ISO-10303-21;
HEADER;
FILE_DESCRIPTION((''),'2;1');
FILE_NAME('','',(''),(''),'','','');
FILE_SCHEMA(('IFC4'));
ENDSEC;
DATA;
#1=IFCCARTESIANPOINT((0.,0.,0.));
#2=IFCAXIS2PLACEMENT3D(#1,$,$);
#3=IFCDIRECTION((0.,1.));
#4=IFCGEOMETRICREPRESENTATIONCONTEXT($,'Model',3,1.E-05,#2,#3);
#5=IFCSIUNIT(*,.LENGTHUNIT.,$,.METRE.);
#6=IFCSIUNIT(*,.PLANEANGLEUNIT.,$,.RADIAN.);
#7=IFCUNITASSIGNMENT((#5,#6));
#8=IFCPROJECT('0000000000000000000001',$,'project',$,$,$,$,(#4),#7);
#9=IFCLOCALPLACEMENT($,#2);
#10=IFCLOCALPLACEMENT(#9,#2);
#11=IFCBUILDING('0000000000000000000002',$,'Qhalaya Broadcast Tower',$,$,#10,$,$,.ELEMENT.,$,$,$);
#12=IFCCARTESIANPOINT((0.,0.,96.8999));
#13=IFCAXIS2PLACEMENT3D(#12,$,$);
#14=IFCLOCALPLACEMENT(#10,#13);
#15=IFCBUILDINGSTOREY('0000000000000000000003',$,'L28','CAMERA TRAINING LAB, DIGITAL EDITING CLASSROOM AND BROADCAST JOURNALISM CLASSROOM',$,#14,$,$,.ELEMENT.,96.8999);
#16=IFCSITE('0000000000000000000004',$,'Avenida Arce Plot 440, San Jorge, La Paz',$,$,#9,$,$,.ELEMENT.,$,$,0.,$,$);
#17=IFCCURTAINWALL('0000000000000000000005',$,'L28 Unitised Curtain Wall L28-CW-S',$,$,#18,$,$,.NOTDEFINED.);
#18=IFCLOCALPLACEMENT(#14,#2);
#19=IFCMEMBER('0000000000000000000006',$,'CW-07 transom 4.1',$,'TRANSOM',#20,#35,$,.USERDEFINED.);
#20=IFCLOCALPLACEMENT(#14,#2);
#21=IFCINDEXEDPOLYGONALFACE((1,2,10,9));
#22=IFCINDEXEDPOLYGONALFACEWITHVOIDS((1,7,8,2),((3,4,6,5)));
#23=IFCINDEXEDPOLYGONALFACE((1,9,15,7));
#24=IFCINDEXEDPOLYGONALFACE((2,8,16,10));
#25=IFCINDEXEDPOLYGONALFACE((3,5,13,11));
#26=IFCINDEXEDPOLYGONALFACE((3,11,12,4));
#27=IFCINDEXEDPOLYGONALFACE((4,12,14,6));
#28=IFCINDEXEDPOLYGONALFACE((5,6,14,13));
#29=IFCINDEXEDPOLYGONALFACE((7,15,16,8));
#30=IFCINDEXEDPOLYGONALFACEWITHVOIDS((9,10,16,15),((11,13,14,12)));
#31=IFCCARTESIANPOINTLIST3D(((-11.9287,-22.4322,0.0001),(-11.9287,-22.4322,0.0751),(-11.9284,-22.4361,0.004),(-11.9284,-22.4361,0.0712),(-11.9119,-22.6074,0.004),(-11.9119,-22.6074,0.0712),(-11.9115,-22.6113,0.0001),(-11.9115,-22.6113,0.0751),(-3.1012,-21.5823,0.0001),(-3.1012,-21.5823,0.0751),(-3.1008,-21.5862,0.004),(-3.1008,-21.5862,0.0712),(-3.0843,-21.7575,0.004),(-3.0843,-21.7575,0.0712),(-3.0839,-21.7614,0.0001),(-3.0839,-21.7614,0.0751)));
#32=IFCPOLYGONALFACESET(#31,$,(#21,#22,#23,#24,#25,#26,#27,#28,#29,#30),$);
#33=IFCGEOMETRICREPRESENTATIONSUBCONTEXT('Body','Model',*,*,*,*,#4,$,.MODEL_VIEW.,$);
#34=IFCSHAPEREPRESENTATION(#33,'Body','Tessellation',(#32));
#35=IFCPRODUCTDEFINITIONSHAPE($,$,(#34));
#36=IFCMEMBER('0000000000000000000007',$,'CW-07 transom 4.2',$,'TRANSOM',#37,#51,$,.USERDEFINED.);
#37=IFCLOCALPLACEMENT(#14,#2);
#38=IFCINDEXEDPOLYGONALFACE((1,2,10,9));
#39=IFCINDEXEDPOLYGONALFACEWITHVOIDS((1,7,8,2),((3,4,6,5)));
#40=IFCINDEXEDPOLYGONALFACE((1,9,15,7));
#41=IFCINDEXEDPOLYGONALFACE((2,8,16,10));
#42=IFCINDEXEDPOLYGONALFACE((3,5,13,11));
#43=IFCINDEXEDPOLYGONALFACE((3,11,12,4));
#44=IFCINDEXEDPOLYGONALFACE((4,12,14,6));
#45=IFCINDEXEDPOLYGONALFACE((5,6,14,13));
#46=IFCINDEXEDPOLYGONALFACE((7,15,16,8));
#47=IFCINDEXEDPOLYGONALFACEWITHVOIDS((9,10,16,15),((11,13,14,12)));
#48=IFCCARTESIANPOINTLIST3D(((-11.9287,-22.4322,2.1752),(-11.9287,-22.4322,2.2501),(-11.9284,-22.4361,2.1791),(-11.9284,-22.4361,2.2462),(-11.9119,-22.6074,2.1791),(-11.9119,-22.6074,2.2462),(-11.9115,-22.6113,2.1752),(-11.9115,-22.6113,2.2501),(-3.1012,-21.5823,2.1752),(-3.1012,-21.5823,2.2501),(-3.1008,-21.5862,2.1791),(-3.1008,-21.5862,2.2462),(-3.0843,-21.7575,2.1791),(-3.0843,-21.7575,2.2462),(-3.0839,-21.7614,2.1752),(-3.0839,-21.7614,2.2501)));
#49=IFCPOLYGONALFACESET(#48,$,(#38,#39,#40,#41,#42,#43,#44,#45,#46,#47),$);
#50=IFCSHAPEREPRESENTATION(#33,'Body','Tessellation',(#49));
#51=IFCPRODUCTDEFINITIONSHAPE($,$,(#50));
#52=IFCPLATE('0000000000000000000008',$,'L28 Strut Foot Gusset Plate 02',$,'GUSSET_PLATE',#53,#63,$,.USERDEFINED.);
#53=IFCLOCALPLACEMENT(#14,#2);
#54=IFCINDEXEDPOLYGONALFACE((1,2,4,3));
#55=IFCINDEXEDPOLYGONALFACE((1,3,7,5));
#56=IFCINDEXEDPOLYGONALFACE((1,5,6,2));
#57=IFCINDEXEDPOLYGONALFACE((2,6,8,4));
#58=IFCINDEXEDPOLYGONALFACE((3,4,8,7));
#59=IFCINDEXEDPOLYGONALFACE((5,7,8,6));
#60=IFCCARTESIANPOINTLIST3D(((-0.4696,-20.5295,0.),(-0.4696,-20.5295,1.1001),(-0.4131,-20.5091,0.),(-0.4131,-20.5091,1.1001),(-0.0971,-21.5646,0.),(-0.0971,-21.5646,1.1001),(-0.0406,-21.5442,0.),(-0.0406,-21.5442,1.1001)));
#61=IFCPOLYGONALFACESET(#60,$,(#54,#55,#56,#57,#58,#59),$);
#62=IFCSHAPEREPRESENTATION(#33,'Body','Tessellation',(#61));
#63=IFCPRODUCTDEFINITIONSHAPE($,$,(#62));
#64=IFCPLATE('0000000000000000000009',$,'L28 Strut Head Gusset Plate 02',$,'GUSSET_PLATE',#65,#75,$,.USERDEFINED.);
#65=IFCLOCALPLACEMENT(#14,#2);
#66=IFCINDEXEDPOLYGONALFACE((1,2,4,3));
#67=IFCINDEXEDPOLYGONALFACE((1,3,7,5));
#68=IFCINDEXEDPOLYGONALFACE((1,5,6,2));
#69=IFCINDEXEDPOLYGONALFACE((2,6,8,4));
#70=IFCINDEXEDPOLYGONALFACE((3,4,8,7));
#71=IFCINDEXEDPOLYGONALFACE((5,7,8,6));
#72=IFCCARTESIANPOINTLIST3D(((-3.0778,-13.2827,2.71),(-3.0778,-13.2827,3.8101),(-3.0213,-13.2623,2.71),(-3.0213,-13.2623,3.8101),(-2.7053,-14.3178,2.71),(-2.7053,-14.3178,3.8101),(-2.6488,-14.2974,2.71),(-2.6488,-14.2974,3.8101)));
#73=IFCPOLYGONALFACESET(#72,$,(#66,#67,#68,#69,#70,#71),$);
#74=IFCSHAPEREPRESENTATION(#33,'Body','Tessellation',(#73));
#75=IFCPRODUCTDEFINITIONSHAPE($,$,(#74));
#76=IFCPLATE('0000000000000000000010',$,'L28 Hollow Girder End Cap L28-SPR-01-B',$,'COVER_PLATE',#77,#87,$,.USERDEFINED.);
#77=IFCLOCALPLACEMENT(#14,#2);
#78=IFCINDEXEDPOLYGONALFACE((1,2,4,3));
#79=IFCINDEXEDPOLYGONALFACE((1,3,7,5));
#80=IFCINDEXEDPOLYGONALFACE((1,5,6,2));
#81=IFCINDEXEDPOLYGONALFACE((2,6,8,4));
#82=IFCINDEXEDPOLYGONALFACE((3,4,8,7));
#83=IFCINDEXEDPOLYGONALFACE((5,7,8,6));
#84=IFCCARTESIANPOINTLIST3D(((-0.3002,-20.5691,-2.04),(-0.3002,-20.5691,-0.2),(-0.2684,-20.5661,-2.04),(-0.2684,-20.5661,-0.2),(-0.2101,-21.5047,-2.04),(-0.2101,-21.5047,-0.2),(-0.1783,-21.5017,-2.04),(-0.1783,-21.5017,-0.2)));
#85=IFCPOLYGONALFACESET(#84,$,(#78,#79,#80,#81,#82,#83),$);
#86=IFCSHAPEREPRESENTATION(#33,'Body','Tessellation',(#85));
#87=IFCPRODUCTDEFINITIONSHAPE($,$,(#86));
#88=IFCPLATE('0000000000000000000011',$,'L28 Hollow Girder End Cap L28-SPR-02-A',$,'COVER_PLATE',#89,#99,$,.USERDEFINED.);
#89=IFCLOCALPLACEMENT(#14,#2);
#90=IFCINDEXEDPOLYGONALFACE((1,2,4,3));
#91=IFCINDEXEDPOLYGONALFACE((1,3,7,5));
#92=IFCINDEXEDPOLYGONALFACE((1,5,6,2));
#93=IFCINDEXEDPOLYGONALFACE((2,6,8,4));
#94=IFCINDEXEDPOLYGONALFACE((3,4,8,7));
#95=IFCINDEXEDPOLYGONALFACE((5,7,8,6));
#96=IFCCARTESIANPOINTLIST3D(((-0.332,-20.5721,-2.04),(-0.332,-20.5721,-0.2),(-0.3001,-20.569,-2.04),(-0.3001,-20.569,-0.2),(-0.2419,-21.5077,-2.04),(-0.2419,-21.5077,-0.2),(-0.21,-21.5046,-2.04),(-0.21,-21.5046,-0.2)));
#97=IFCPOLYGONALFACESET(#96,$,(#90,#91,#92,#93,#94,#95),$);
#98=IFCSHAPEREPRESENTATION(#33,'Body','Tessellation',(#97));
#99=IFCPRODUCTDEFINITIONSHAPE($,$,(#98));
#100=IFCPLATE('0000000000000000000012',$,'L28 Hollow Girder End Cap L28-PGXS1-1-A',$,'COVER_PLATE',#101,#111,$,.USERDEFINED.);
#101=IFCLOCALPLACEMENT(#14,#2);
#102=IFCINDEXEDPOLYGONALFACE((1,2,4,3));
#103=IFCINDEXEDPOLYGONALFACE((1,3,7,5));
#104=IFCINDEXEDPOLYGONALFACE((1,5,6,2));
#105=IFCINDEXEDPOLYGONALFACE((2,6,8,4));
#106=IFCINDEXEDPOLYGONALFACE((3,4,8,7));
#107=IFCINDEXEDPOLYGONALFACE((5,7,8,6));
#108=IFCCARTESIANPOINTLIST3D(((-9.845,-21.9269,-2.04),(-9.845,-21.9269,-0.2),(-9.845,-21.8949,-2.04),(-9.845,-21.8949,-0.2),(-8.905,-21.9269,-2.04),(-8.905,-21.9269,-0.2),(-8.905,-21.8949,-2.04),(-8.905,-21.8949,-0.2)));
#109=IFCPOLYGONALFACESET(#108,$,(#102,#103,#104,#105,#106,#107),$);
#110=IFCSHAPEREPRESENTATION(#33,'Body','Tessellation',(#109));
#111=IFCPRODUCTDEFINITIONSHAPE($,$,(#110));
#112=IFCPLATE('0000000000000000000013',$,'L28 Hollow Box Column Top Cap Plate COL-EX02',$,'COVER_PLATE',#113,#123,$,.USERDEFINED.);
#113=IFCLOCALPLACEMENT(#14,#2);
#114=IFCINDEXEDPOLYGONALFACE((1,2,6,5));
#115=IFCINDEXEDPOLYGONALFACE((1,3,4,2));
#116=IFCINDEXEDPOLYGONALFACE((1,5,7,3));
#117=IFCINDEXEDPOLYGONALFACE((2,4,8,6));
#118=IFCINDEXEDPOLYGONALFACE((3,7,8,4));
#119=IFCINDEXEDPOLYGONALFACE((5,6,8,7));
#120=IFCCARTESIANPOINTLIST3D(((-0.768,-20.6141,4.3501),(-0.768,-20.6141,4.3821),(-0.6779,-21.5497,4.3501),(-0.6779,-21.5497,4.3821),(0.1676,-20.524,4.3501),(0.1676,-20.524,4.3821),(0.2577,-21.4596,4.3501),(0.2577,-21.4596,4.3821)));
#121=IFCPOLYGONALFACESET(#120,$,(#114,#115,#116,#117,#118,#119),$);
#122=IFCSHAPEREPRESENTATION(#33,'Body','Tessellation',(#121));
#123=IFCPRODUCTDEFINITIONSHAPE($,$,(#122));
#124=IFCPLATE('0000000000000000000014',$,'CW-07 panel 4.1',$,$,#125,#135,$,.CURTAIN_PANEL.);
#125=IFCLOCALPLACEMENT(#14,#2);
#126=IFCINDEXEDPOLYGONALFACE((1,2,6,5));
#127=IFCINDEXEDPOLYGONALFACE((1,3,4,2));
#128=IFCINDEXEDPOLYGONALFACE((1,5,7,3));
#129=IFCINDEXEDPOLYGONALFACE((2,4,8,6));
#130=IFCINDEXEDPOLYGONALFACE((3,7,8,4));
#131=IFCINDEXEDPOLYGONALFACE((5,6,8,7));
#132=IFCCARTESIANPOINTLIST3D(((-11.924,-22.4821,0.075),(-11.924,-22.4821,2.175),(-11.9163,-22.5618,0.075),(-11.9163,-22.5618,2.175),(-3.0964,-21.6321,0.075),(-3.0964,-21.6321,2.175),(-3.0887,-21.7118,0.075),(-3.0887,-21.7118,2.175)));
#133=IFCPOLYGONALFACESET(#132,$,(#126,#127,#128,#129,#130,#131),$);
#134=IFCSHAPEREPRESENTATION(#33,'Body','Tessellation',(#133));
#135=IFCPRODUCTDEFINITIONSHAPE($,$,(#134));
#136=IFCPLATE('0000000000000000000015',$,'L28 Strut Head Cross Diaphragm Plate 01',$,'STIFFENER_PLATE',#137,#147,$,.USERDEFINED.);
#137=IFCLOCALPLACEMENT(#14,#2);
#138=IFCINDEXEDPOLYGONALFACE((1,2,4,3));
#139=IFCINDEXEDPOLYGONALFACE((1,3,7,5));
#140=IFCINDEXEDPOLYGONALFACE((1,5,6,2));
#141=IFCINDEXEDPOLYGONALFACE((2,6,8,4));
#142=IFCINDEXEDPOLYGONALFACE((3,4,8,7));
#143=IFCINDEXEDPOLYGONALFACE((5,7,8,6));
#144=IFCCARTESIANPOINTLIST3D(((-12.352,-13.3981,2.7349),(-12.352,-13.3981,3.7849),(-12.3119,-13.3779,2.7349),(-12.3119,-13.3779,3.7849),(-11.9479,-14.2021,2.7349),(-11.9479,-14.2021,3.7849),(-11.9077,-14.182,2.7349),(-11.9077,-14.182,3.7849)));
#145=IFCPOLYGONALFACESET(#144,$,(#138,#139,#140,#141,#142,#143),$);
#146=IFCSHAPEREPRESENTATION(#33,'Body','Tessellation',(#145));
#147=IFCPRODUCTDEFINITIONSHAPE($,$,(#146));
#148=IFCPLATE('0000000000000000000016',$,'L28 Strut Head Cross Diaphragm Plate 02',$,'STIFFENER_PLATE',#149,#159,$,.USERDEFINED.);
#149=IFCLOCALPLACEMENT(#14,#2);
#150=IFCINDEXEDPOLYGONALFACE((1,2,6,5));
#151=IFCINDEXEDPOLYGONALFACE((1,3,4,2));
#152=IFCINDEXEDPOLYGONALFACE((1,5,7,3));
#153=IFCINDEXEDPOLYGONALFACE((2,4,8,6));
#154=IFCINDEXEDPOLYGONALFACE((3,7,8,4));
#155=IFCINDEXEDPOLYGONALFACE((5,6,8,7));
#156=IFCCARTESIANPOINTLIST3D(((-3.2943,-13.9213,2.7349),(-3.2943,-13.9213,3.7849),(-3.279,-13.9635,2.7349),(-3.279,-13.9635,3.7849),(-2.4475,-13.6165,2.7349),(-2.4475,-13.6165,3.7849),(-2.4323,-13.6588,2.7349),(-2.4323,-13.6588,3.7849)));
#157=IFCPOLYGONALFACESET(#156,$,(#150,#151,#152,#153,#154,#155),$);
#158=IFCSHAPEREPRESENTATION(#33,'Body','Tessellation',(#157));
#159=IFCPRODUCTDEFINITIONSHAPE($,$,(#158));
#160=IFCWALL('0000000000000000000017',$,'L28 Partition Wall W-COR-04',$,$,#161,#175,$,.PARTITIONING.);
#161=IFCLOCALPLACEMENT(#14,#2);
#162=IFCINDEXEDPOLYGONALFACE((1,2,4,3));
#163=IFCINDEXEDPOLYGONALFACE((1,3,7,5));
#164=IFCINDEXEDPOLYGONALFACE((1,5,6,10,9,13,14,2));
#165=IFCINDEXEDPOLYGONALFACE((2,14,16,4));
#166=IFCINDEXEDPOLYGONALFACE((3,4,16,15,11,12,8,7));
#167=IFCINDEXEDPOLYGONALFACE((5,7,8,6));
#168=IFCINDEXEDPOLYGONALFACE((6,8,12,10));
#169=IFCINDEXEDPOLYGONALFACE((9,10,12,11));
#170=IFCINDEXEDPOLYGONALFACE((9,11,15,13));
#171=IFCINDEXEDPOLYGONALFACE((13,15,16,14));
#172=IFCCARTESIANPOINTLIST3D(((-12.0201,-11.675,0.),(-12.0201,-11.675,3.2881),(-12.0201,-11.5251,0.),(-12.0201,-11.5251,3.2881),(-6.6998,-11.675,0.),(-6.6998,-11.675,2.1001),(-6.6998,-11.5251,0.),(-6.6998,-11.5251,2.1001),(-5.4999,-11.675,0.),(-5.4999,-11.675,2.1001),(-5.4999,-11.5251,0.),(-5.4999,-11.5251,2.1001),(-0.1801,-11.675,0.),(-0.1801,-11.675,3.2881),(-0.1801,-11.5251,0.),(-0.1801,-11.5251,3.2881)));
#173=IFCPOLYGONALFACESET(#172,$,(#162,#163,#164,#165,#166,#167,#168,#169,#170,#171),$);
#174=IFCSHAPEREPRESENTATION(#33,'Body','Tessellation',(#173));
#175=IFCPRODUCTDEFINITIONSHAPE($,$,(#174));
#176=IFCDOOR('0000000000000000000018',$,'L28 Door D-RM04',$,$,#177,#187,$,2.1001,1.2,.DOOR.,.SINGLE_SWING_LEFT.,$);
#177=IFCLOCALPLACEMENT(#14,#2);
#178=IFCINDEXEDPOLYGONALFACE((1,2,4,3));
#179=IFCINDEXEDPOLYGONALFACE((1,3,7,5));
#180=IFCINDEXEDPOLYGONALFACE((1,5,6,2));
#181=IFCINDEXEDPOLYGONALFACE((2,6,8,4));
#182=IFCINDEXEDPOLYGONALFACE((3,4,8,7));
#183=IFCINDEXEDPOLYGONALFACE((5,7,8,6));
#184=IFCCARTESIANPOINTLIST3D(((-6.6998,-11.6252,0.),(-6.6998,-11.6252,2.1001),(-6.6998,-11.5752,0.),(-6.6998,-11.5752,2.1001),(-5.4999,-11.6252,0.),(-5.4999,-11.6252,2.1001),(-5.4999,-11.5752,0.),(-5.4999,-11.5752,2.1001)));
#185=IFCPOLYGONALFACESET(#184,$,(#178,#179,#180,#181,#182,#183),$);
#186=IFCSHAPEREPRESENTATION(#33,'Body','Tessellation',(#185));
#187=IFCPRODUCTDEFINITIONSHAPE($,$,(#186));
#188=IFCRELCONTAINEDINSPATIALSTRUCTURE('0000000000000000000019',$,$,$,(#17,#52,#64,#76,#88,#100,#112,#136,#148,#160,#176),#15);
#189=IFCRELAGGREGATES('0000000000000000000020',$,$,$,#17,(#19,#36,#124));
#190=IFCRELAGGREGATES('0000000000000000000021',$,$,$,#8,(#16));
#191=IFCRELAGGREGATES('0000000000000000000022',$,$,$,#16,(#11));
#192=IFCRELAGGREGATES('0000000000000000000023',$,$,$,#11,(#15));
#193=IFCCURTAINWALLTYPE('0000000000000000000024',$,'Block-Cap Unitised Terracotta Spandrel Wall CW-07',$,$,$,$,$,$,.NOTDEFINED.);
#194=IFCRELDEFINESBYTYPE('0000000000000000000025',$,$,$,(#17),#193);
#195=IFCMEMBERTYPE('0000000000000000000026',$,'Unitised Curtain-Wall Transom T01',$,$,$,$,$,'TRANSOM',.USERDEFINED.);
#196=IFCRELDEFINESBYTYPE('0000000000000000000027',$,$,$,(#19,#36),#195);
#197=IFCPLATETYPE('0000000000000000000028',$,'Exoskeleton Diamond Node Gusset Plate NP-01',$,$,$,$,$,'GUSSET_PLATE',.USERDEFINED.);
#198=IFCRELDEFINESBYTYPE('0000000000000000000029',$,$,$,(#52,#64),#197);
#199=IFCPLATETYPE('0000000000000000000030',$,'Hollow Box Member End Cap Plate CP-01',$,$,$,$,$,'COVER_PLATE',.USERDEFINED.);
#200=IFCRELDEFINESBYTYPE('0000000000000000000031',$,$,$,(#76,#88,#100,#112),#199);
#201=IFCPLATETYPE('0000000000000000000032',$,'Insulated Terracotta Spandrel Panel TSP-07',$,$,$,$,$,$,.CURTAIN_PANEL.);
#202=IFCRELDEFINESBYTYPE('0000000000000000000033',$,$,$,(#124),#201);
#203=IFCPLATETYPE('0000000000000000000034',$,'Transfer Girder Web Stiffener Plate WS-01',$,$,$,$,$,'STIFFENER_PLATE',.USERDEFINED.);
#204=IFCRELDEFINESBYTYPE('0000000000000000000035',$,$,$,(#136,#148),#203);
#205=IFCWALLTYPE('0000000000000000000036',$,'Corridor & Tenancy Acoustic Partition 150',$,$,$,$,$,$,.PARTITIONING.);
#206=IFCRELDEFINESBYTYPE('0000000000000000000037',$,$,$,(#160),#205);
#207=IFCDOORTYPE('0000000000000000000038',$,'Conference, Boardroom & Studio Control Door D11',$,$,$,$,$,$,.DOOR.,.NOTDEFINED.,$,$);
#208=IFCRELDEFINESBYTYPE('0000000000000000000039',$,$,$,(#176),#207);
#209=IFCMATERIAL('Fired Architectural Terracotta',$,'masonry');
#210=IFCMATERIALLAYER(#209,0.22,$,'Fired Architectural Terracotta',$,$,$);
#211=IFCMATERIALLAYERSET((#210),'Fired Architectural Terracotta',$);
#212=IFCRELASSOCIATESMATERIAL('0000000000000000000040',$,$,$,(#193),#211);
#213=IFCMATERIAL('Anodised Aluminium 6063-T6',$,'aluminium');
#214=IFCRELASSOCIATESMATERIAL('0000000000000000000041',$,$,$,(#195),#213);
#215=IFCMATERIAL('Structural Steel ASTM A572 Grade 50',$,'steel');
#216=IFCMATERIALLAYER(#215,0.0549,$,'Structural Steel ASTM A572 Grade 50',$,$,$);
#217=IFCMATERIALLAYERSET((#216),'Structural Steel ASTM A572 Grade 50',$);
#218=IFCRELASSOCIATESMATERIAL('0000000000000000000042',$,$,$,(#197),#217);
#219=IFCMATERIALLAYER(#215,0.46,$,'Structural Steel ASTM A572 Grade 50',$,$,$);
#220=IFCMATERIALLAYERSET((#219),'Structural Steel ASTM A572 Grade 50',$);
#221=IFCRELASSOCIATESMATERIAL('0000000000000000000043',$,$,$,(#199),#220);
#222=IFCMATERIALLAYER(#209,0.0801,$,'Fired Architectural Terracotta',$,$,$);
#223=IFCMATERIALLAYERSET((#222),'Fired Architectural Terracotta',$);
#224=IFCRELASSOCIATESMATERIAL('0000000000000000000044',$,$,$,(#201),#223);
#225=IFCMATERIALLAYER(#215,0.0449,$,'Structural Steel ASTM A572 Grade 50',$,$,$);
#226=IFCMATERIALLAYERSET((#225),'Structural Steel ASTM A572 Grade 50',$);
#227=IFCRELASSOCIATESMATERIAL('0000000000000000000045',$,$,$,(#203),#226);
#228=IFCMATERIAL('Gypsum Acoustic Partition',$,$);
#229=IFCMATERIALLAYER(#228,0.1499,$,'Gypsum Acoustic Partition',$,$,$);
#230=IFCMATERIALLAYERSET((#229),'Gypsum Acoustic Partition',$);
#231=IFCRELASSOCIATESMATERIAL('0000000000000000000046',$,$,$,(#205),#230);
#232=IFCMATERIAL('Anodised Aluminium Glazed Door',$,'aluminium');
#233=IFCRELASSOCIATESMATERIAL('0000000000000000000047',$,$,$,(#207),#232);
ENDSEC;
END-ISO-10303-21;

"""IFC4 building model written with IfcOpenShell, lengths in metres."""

from ifc_helpers import new_model, si_unit, direction, frame, frame_2d, origin, origin_2d, place, context, subcontext, project, spatial, rectangle, hollow_rectangle, extrude, material, layer, layer_set, material_profile, profile_set, type_object, element, fill, aggregate, save


model = new_model("IFC4")

# Units and contexts
model_context = context("Model", 3, precision=1e-05, world=origin(), true_north=direction((0.0, 1.0)))
body_context = subcontext(model_context, "Body", "Model", "MODEL_VIEW")
ifc_project = project(units=[si_unit("LENGTHUNIT", "METRE"), si_unit("PLANEANGLEUNIT", "RADIAN")], contexts=[model_context])

# Site, building, storey
site_placement = place(None, origin())
site = spatial("IfcSite", under=ifc_project, at=site_placement, Name="Avenida Arce Plot 440, San Jorge, La Paz", CompositionType="ELEMENT", RefElevation=0.0)
building_placement = place(site_placement, origin())
building = spatial("IfcBuilding", under=site, at=building_placement, Name="Qhalaya Broadcast Tower", CompositionType="ELEMENT")
storey_placement = place(building_placement, frame((0.0, 0.0, 96.8999)))
storey = spatial("IfcBuildingStorey", under=building, at=storey_placement, Name="L28", Description="CAMERA TRAINING LAB, DIGITAL EDITING CLASSROOM AND BROADCAST JOURNALISM CLASSROOM", CompositionType="ELEMENT", Elevation=96.8999)

# Shared definitions
ifc_material_1 = material(Name="Structural Steel ASTM A572 Grade 50", Category="steel")

# Curtain wall, members
ifc_material_2 = material(Name="Fired Architectural Terracotta", Category="masonry")
ifc_layer_1 = layer(ifc_material_2, 0.22, Name="Fired Architectural Terracotta")
ifc_layer_set_1 = layer_set([ifc_layer_1], Name="Fired Architectural Terracotta")
curtain_wall_type = type_object("IfcCurtainWallType", Name="Block-Cap Unitised Terracotta Spandrel Wall CW-07", PredefinedType="NOTDEFINED", material=ifc_layer_set_1)
curtain_wall_placement = place(storey_placement, origin())
curtain_wall = element("IfcCurtainWall", 1, at=curtain_wall_placement, inside=storey, type_object=curtain_wall_type, Name="L28 Unitised Curtain Wall L28-CW-S", PredefinedType="NOTDEFINED")
ifc_material_3 = material(Name="Anodised Aluminium 6063-T6", Category="aluminium")
ifc_material_profile_1 = material_profile(ifc_material_3, hollow_rectangle(XDim=0.075, YDim=0.1799, WallThickness=0.0039, at=origin_2d()), Name="ALU-TRN 75x180x4")
ifc_profile_set_1 = profile_set([ifc_material_profile_1], Name="Anodised Aluminium 6063-T6")
member_type_1 = type_object("IfcMemberType", Name="Unitised Curtain-Wall Transom T01", ElementType="TRANSOM", PredefinedType="USERDEFINED", material=ifc_profile_set_1)
member_1_placement = place(storey_placement, frame((-3.0925, -21.6719, 0.0376), z_axis=(-0.995398, -0.095829, 0.0), x_axis=(0.0, 0.0, 1.0)))
member_1 = element("IfcMember", 2, at=member_1_placement, type_object=member_type_1, Name="CW-07 transom 4.1", ObjectType="TRANSOM", PredefinedType="USERDEFINED", context=body_context, shape_type="SweptSolid", body=[
    extrude(hollow_rectangle(XDim=0.075, YDim=0.1799, WallThickness=0.0039, at=origin_2d()), origin(), (0.0, 0.0, 1.0), 8.8684),
])
member_2_placement = place(storey_placement, frame((-3.0925, -21.6719, 2.2126), z_axis=(-0.995398, -0.095829, 0.0), x_axis=(0.0, 0.0, 1.0)))
member_2 = element("IfcMember", 3, at=member_2_placement, type_object=member_type_1, Name="CW-07 transom 4.2", ObjectType="TRANSOM", PredefinedType="USERDEFINED", context=body_context, shape_type="SweptSolid", body=[
    extrude(hollow_rectangle(XDim=0.075, YDim=0.1799, WallThickness=0.0039, at=origin_2d()), origin(), (0.0, 0.0, 1.0), 8.8684),
])

# Plates
ifc_layer_2 = layer(ifc_material_1, 0.0549, Name="Structural Steel ASTM A572 Grade 50")
ifc_layer_set_2 = layer_set([ifc_layer_2], Name="Structural Steel ASTM A572 Grade 50")
plate_type_1 = type_object("IfcPlateType", Name="Exoskeleton Diamond Node Gusset Plate NP-01", ElementType="GUSSET_PLATE", PredefinedType="USERDEFINED", material=ifc_layer_set_2)
for number, where, z_axis, x_axis, name in (
    (4, (-0.2551, -21.0369, 0.0), (0.0, 0.0, 1.0), (-0.338623, 0.940922, 0.0), "L28 Strut Foot Gusset Plate 02"),
    (5, (-2.8633, -13.79, 2.71), (0.0, 0.0, 1.0), (-0.338623, 0.940922, 0.0), "L28 Strut Head Gusset Plate 02"),
):
    element("IfcPlate", number, at=place(storey_placement, frame(where, z_axis=z_axis, x_axis=x_axis)), inside=storey, type_object=plate_type_1, Name=name, ObjectType="GUSSET_PLATE", PredefinedType="USERDEFINED", context=body_context, shape_type="SweptSolid", body=[
        extrude(rectangle(XDim=1.1001, YDim=0.0601, at=origin_2d()), origin(), (0.0, 0.0, 1.0), 1.1001),
    ])
ifc_layer_3 = layer(ifc_material_1, 0.46, Name="Structural Steel ASTM A572 Grade 50")
ifc_layer_set_3 = layer_set([ifc_layer_3], Name="Structural Steel ASTM A572 Grade 50")
plate_type_2 = type_object("IfcPlateType", Name="Hollow Box Member End Cap Plate CP-01", ElementType="COVER_PLATE", PredefinedType="USERDEFINED", material=ifc_layer_set_3)
for number, where, z_axis, x_axis, name in (
    (6, (-0.2393, -21.0354, -2.04), (0.0, 0.0, 1.0), (-0.095846, 0.995396, 0.0), "L28 Hollow Girder End Cap L28-SPR-01-B"),
    (7, (-0.271, -21.0383, -2.04), (0.0, 0.0, 1.0), (-0.095846, 0.995396, 0.0), "L28 Hollow Girder End Cap L28-SPR-02-A"),
    (8, (-9.375, -21.9109, -2.04), (0.0, 0.0, 1.0), (-1.0, 0.0, 0.0), "L28 Hollow Girder End Cap L28-PGXS1-1-A"),
):
    element("IfcPlate", number, at=place(storey_placement, frame(where, z_axis=z_axis, x_axis=x_axis)), inside=storey, type_object=plate_type_2, Name=name, ObjectType="COVER_PLATE", PredefinedType="USERDEFINED", context=body_context, shape_type="SweptSolid", body=[
        extrude(rectangle(XDim=0.9399, YDim=0.032, at=origin_2d()), origin(), (0.0, 0.0, 1.0), 1.8401),
    ])
plate_1_placement = place(storey_placement, frame((-0.2551, -21.0369, 4.3501), z_axis=(0.0, 0.0, 1.0), x_axis=(0.995396, 0.095846, 0.0)))
element("IfcPlate", 9, at=plate_1_placement, inside=storey, type_object=plate_type_2, Name="L28 Hollow Box Column Top Cap Plate COL-EX02", ObjectType="COVER_PLATE", PredefinedType="USERDEFINED", context=body_context, shape_type="SweptSolid", body=[
    extrude(rectangle(XDim=0.9399, YDim=0.9399, at=origin_2d()), origin(), (0.0, 0.0, 1.0), 0.032),
])

# Plate
ifc_layer_4 = layer(ifc_material_2, 0.0801, Name="Fired Architectural Terracotta")
ifc_layer_set_4 = layer_set([ifc_layer_4], Name="Fired Architectural Terracotta")
plate_type_3 = type_object("IfcPlateType", Name="Insulated Terracotta Spandrel Panel TSP-07", PredefinedType="CURTAIN_PANEL", material=ifc_layer_set_4)
plate_2_placement = place(storey_placement, frame((-7.5063, -22.0969, 0.075), z_axis=(0.0, 0.0, 1.0), x_axis=(-0.995396, -0.095847, 0.0)))
plate_2 = element("IfcPlate", 10, at=plate_2_placement, type_object=plate_type_3, Name="CW-07 panel 4.1", PredefinedType="CURTAIN_PANEL", context=body_context, shape_type="SweptSolid", body=[
    extrude(rectangle(XDim=8.8684, YDim=0.0801, at=origin_2d()), origin(), (0.0, 0.0, 1.0), 2.1001),
])
aggregate(curtain_wall, [member_1, member_2, plate_2])

# Plates
ifc_layer_5 = layer(ifc_material_1, 0.0449, Name="Structural Steel ASTM A572 Grade 50")
ifc_layer_set_5 = layer_set([ifc_layer_5], Name="Structural Steel ASTM A572 Grade 50")
plate_type_4 = type_object("IfcPlateType", Name="Transfer Girder Web Stiffener Plate WS-01", ElementType="STIFFENER_PLATE", PredefinedType="USERDEFINED", material=ifc_layer_set_5)
for number, where, z_axis, x_axis, name in (
    (11, (-12.1299, -13.79, 2.7349), (0.0, 0.0, 1.0), (-0.449116, 0.893473, 0.0), "L28 Strut Head Cross Diaphragm Plate 01"),
    (12, (-2.8633, -13.79, 2.7349), (0.0, 0.0, 1.0), (-0.940922, -0.338623, 0.0), "L28 Strut Head Cross Diaphragm Plate 02"),
):
    element("IfcPlate", number, at=place(storey_placement, frame(where, z_axis=z_axis, x_axis=x_axis)), inside=storey, type_object=plate_type_4, Name=name, ObjectType="STIFFENER_PLATE", PredefinedType="USERDEFINED", context=body_context, shape_type="SweptSolid", body=[
        extrude(rectangle(XDim=0.8999, YDim=0.0449, at=origin_2d()), origin(), (0.0, 0.0, 1.0), 1.05),
    ])

# Wall, opening, door
ifc_material_4 = material(Name="Gypsum Acoustic Partition")
ifc_layer_6 = layer(ifc_material_4, 0.1499, Name="Gypsum Acoustic Partition")
ifc_layer_set_6 = layer_set([ifc_layer_6], Name="Gypsum Acoustic Partition")
wall_type_1 = type_object("IfcWallType", Name="Corridor & Tenancy Acoustic Partition 150", PredefinedType="PARTITIONING", material=ifc_layer_set_6)
wall_1_placement = place(storey_placement, frame((-12.02, -11.6001, 0.0), z_axis=(0.0, 0.0, 1.0), x_axis=(1.0, 0.0, 0.0)))
wall_1 = element("IfcWall", 13, at=wall_1_placement, inside=storey, type_object=wall_type_1, Name="L28 Partition Wall W-COR-04", PredefinedType="PARTITIONING", context=body_context, shape_type="SweptSolid", body=[
    extrude(rectangle(XDim=11.8401, YDim=0.1499, at=frame_2d((5.9199, 0.0))), origin(), (0.0, 0.0, 1.0), 3.2881),
])
opening_placement = place(wall_1_placement, frame((5.3201, 0.0, 0.0)))
opening = element("IfcOpeningElement", 14, at=opening_placement, cuts=wall_1, PredefinedType="OPENING", context=body_context, shape_type="SweptSolid", body=[
    extrude(rectangle(XDim=1.2, YDim=2.1001, at=frame_2d((0.6001, 1.05))), frame((0.0, 0.0869, 0.0), z_axis=(0.0, -1.0, 0.0), x_axis=(1.0, 0.0, 0.0)), (0.0, 0.0, 1.0), 0.1738),
])
ifc_material_5 = material(Name="Anodised Aluminium Glazed Door", Category="aluminium")
door_type = type_object("IfcDoorType", Name="Conference, Boardroom & Studio Control Door D11", OperationType="NOTDEFINED", PredefinedType="DOOR", material=ifc_material_5)
door_placement = place(opening_placement, origin())
door = element("IfcDoor", 15, at=door_placement, inside=storey, type_object=door_type, Name="L28 Door D-RM04", OperationType="SINGLE_SWING_LEFT", OverallHeight=2.1001, OverallWidth=1.2, PredefinedType="DOOR", context=body_context, shape_type="SweptSolid", body=[
    extrude(rectangle(XDim=1.2, YDim=2.1001, at=frame_2d((0.6001, 1.05))), frame((0.0, 0.0249, 0.0), z_axis=(0.0, -1.0, 0.0), x_axis=(1.0, 0.0, 0.0)), (0.0, 0.0, 1.0), 0.05),
])
fill(opening, door)

save(model, "model.ifc")
